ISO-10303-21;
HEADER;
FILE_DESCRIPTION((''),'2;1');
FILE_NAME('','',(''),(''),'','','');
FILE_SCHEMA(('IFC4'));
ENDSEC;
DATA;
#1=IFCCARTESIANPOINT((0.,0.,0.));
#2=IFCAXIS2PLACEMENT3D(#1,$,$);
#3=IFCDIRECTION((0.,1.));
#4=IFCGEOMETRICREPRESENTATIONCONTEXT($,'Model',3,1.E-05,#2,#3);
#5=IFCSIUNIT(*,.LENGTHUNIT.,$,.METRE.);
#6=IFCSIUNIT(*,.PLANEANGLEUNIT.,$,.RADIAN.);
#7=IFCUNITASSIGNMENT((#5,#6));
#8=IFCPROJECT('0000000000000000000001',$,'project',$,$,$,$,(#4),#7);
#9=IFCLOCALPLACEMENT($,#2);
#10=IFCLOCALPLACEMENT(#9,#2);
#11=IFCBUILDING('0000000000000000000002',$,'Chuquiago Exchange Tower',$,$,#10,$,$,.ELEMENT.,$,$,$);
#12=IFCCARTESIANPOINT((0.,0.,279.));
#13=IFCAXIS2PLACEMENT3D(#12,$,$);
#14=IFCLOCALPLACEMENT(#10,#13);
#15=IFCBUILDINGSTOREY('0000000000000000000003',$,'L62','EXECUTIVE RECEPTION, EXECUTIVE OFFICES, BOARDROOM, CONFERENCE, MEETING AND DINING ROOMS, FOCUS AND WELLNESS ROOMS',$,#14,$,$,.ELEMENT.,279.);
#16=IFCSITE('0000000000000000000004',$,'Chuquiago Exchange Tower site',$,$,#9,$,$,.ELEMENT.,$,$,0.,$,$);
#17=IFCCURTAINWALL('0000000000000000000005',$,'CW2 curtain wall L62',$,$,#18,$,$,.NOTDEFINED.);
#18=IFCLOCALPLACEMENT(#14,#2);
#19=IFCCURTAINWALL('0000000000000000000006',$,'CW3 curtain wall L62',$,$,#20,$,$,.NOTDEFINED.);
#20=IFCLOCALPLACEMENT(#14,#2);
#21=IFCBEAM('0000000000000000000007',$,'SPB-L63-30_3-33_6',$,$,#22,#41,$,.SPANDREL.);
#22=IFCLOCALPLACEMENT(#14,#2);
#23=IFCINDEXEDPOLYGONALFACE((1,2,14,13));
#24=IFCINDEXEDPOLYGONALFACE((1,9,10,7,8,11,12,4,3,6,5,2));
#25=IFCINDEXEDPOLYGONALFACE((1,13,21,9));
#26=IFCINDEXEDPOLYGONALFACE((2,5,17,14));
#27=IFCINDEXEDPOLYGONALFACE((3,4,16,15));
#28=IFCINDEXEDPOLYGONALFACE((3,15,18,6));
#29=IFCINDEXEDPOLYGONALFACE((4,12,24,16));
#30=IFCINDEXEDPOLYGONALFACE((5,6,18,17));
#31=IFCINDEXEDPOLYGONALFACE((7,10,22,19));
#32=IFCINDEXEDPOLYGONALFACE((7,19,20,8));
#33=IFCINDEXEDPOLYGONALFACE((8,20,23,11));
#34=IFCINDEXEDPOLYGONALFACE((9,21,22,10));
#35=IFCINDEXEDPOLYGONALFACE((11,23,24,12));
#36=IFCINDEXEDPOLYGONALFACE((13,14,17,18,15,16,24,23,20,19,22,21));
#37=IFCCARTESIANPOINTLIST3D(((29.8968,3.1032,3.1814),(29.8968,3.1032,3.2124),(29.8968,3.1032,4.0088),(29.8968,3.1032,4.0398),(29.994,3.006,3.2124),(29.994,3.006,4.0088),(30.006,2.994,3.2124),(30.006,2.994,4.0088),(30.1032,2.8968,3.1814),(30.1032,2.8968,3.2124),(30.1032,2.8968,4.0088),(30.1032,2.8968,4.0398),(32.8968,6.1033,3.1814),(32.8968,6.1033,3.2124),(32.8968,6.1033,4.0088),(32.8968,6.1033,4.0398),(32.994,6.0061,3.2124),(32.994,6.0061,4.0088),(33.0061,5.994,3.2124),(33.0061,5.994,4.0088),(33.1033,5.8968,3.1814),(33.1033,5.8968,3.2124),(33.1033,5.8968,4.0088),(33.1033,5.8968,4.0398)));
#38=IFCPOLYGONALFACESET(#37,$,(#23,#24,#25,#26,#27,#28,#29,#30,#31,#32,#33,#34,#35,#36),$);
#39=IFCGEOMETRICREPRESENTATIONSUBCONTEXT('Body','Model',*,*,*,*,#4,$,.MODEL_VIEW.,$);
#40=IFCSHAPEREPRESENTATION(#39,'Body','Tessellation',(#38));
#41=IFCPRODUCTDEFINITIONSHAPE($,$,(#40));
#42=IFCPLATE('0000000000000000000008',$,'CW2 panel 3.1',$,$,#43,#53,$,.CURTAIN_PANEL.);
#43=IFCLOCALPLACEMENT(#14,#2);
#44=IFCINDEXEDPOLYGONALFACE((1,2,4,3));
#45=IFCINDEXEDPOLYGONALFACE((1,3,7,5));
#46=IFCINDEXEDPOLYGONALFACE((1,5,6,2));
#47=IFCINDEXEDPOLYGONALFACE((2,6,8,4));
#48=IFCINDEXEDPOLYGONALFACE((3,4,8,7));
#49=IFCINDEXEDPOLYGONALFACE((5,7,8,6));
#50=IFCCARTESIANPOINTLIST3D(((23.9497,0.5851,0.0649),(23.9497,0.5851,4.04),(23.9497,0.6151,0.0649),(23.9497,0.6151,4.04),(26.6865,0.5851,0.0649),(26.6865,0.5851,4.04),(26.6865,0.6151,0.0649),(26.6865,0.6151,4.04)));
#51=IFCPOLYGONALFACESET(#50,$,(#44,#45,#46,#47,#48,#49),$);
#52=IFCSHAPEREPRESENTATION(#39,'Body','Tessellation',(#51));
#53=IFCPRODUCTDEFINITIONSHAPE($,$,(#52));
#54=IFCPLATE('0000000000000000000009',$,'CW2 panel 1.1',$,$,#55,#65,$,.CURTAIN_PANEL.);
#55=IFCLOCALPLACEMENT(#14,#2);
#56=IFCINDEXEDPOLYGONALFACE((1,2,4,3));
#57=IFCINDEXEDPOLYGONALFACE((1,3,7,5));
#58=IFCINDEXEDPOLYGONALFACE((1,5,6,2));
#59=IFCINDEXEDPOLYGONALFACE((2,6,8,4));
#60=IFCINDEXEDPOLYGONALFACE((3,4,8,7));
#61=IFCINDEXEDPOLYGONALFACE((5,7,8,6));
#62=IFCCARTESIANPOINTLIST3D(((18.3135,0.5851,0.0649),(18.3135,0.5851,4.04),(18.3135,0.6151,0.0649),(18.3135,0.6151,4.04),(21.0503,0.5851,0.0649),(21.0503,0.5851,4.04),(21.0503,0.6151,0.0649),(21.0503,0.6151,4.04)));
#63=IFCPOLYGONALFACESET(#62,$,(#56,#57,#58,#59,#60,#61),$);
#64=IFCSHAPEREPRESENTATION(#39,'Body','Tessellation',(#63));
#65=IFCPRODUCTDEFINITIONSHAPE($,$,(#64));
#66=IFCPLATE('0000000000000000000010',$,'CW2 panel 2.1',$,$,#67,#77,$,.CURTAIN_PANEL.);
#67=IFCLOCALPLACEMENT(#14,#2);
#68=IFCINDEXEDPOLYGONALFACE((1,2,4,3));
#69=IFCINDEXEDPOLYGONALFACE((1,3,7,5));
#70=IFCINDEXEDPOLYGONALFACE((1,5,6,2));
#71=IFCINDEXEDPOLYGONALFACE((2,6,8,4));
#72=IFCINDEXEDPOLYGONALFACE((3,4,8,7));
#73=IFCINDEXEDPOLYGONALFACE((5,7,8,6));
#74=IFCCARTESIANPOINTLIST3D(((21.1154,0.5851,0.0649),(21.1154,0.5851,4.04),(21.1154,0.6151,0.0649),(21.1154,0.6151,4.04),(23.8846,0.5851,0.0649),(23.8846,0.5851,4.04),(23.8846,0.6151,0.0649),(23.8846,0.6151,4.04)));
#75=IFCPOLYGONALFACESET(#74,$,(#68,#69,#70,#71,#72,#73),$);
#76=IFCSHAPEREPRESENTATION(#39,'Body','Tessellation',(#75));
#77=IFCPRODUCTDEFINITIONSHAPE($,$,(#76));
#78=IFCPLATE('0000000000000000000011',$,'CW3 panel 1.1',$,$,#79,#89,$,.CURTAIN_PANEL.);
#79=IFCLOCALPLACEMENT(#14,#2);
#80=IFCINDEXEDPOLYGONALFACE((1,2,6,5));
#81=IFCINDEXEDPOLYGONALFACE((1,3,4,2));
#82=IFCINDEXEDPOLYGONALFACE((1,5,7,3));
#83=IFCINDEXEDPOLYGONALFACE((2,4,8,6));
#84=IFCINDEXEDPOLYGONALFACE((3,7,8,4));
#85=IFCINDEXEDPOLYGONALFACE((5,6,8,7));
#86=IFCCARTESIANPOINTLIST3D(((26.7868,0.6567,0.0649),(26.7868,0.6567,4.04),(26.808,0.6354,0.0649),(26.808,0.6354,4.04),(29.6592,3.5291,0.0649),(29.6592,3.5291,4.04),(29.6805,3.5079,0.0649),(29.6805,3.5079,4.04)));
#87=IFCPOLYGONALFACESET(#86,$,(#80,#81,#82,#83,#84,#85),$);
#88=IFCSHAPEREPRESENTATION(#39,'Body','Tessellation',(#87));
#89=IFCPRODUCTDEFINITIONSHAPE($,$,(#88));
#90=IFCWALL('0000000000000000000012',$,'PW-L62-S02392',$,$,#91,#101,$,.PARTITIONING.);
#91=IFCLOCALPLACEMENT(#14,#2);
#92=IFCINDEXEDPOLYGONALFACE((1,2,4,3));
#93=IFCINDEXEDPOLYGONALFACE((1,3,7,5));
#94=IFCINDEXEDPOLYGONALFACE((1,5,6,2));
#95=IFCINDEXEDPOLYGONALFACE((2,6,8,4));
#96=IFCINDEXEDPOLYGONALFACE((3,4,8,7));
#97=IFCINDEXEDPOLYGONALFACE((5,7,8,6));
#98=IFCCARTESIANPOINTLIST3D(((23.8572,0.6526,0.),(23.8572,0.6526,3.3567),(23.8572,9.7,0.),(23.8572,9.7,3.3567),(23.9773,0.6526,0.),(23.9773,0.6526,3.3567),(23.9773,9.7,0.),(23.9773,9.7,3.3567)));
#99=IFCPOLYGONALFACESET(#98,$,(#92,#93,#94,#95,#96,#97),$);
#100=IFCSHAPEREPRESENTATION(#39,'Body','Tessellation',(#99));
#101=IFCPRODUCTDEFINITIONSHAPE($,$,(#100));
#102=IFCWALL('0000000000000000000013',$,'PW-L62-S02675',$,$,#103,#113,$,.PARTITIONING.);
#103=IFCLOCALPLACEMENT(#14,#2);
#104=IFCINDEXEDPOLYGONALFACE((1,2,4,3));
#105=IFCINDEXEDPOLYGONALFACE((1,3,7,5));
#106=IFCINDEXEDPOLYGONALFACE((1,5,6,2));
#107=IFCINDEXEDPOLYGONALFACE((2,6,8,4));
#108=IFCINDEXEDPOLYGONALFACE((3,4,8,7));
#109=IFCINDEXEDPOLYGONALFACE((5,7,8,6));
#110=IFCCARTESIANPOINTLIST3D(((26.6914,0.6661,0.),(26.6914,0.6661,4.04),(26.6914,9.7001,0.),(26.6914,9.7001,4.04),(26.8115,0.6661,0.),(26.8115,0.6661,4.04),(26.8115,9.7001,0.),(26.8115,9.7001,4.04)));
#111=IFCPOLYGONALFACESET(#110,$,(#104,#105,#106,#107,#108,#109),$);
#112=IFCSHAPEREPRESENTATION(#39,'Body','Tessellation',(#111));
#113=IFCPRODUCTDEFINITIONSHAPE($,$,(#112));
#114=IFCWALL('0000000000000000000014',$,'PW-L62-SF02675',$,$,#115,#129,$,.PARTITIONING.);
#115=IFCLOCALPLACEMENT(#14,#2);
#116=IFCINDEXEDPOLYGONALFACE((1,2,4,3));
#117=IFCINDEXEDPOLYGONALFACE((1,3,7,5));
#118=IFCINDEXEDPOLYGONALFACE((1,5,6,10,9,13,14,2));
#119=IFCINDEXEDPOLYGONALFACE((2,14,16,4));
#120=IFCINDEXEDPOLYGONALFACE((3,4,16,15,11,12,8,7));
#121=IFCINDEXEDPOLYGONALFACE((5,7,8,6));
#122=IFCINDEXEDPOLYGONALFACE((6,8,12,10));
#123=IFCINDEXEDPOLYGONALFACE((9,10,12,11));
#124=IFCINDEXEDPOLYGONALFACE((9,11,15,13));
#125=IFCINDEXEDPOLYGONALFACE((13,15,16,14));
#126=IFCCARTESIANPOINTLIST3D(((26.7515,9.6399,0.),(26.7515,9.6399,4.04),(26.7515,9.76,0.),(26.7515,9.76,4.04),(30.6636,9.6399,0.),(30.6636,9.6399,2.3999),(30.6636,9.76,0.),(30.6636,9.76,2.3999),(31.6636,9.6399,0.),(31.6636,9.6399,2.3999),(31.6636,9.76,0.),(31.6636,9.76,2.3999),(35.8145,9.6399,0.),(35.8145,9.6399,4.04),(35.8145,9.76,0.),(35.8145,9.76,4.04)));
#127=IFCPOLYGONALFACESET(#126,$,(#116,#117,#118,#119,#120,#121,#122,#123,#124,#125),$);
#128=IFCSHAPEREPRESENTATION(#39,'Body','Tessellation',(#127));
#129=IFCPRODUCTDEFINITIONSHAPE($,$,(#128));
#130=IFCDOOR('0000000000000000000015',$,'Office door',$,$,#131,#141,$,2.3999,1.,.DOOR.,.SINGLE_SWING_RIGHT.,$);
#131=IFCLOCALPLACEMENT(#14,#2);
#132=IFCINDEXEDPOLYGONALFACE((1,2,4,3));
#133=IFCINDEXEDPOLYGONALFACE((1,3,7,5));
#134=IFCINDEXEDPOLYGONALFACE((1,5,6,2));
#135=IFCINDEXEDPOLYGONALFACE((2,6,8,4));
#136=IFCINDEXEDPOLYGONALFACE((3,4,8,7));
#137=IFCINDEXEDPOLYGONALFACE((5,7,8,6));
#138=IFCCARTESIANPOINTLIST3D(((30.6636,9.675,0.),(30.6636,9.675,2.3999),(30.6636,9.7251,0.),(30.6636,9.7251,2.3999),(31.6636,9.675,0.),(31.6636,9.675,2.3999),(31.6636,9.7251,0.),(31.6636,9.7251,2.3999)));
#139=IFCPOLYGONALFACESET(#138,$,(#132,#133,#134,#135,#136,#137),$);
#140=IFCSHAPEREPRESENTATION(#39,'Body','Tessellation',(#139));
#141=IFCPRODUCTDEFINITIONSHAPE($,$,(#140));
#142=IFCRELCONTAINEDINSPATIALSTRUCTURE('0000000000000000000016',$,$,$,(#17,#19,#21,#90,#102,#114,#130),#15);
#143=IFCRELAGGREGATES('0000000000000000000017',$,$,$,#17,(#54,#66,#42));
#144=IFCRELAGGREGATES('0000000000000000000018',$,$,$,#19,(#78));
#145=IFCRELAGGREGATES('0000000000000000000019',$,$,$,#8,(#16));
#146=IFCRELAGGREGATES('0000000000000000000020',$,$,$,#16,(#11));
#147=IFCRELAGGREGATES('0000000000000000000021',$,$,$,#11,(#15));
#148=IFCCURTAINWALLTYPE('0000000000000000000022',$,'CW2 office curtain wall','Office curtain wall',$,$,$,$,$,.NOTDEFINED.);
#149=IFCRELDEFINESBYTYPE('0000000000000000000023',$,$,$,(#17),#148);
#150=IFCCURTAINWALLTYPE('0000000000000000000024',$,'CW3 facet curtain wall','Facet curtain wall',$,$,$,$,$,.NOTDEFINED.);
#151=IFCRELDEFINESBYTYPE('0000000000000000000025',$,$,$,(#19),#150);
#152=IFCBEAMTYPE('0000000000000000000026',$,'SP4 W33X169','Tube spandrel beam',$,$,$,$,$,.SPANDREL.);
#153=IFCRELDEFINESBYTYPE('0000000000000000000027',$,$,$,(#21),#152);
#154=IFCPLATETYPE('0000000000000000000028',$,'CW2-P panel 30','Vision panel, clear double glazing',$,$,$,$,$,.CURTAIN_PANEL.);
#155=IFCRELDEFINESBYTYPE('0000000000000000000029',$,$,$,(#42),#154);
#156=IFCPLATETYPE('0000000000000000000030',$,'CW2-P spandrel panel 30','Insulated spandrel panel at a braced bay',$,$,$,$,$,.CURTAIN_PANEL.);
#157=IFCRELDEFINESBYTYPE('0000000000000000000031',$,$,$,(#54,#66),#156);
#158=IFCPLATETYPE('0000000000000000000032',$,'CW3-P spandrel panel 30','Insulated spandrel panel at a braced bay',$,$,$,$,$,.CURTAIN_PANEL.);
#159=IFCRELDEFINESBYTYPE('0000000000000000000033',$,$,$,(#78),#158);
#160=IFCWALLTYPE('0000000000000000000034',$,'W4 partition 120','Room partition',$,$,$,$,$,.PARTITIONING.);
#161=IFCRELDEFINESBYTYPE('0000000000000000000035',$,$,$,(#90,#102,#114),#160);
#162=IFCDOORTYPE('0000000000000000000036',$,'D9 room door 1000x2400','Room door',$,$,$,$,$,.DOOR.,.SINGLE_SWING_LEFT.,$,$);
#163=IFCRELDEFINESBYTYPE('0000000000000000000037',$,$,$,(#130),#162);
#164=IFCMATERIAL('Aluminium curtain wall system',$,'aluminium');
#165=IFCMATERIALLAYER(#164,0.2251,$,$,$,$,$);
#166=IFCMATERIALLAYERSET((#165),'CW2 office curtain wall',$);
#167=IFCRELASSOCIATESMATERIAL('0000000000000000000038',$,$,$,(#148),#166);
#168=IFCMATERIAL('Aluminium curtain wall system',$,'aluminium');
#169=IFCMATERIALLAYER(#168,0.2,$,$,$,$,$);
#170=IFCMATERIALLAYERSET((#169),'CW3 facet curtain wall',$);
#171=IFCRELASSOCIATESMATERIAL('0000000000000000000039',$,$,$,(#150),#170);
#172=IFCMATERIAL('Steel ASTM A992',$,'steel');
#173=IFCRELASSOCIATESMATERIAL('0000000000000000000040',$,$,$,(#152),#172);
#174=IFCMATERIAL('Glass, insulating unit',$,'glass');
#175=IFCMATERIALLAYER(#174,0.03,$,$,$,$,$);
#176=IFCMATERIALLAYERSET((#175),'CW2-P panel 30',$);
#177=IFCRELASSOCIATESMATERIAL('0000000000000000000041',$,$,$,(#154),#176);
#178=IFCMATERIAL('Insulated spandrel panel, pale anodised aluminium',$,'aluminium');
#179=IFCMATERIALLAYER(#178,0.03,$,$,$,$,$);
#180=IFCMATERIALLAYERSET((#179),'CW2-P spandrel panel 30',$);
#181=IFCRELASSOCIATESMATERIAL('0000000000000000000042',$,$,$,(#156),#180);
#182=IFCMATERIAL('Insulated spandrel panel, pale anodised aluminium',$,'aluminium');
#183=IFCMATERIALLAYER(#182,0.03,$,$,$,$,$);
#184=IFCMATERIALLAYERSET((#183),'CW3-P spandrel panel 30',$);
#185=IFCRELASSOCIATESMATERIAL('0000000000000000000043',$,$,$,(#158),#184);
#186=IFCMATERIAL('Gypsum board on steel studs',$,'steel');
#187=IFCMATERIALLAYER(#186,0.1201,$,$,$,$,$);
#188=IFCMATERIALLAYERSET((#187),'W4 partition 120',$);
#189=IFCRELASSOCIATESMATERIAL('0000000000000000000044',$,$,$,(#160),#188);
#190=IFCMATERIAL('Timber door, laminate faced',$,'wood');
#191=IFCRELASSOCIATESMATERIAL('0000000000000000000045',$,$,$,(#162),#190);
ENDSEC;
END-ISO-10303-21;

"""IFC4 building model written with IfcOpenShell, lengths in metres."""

from ifc_helpers import new_model, si_unit, direction, frame, frame_2d, origin, origin_2d, place, context, subcontext, project, spatial, rectangle, i_section, extrude, material, layer, layer_set, material_profile, profile_set, type_object, element, fill, aggregate, save


model = new_model("IFC4")

# Units and contexts
model_context = context("Model", 3, precision=1e-05, world=origin(), true_north=direction((0.0, 1.0)))
body_context = subcontext(model_context, "Body", "Model", "MODEL_VIEW")
ifc_project = project(units=[si_unit("LENGTHUNIT", "METRE"), si_unit("PLANEANGLEUNIT", "RADIAN")], contexts=[model_context])

# Site, building, storey
site_placement = place(None, origin())
site = spatial("IfcSite", under=ifc_project, at=site_placement, Name="Chuquiago Exchange Tower site", CompositionType="ELEMENT", RefElevation=0.0)
building_placement = place(site_placement, origin())
building = spatial("IfcBuilding", under=site, at=building_placement, Name="Chuquiago Exchange Tower", CompositionType="ELEMENT")
storey_placement = place(building_placement, frame((0.0, 0.0, 279.0)))
storey = spatial("IfcBuildingStorey", under=building, at=storey_placement, Name="L62", Description="EXECUTIVE RECEPTION, EXECUTIVE OFFICES, BOARDROOM, CONFERENCE, MEETING AND DINING ROOMS, FOCUS AND WELLNESS ROOMS", CompositionType="ELEMENT", Elevation=279.0)

# Curtain walls
ifc_material_1 = material(Name="Aluminium curtain wall system", Category="aluminium")
ifc_layer_1 = layer(ifc_material_1, 0.2251)
ifc_layer_set_1 = layer_set([ifc_layer_1], Name="CW2 office curtain wall")
curtain_wall_type_1 = type_object("IfcCurtainWallType", Name="CW2 office curtain wall", Description="Office curtain wall", PredefinedType="NOTDEFINED", material=ifc_layer_set_1)
curtain_wall_1_placement = place(storey_placement, origin())
curtain_wall_1 = element("IfcCurtainWall", 1, at=curtain_wall_1_placement, inside=storey, type_object=curtain_wall_type_1, Name="CW2 curtain wall L62", PredefinedType="NOTDEFINED")
ifc_material_2 = material(Name="Aluminium curtain wall system", Category="aluminium")
ifc_layer_2 = layer(ifc_material_2, 0.2)
ifc_layer_set_2 = layer_set([ifc_layer_2], Name="CW3 facet curtain wall")
curtain_wall_type_2 = type_object("IfcCurtainWallType", Name="CW3 facet curtain wall", Description="Facet curtain wall", PredefinedType="NOTDEFINED", material=ifc_layer_set_2)
curtain_wall_2_placement = place(storey_placement, origin())
curtain_wall_2 = element("IfcCurtainWall", 2, at=curtain_wall_2_placement, inside=storey, type_object=curtain_wall_type_2, Name="CW3 curtain wall L62", PredefinedType="NOTDEFINED")

# Beam
ifc_material_3 = material(Name="Steel ASTM A992", Category="steel")
ifc_material_profile_1 = material_profile(ifc_material_3, i_section(OverallWidth=0.292, OverallDepth=0.8584, WebThickness=0.0171, FlangeThickness=0.031, at=origin_2d()), Name="W33X169")
ifc_profile_set_1 = profile_set([ifc_material_profile_1], Name="Steel ASTM A992")
beam_type = type_object("IfcBeamType", Name="SP4 W33X169", Description="Tube spandrel beam", PredefinedType="SPANDREL", material=ifc_profile_set_1)
for number, where, z_axis, x_axis, name in (
    (3, (30.0, 3.0, 3.6106), (0.707107, 0.707107, 0.0), (-0.707107, 0.707107, 0.0), "SPB-L63-30_3-33_6"),
):
    element("IfcBeam", number, at=place(storey_placement, frame(where, z_axis=z_axis, x_axis=x_axis)), inside=storey, type_object=beam_type, Name=name, PredefinedType="SPANDREL", context=body_context, shape_type="SweptSolid", body=[
        extrude(i_section(OverallWidth=0.292, OverallDepth=0.8584, WebThickness=0.0171, FlangeThickness=0.031, at=origin_2d()), origin(), (0.0, 0.0, 1.0), 4.2427),
    ])

# Plates
ifc_material_4 = material(Name="Glass, insulating unit", Category="glass")
ifc_layer_3 = layer(ifc_material_4, 0.03)
ifc_layer_set_3 = layer_set([ifc_layer_3], Name="CW2-P panel 30")
plate_type_1 = type_object("IfcPlateType", Name="CW2-P panel 30", Description="Vision panel, clear double glazing", PredefinedType="CURTAIN_PANEL", material=ifc_layer_set_3)
plate_1_placement = place(storey_placement, frame((25.3181, 0.6001, 0.0649), z_axis=(0.0, 0.0, 1.0), x_axis=(1.0, 0.0, 0.0)))
plate_1 = element("IfcPlate", 4, at=plate_1_placement, type_object=plate_type_1, Name="CW2 panel 3.1", PredefinedType="CURTAIN_PANEL", context=body_context, shape_type="SweptSolid", body=[
    extrude(rectangle(XDim=2.7368, YDim=0.03, at=origin_2d()), origin(), (0.0, 0.0, 1.0), 3.9751),
])
ifc_material_5 = material(Name="Insulated spandrel panel, pale anodised aluminium", Category="aluminium")
ifc_layer_4 = layer(ifc_material_5, 0.03)
ifc_layer_set_4 = layer_set([ifc_layer_4], Name="CW2-P spandrel panel 30")
plate_type_2 = type_object("IfcPlateType", Name="CW2-P spandrel panel 30", Description="Insulated spandrel panel at a braced bay", PredefinedType="CURTAIN_PANEL", material=ifc_layer_set_4)
plate_2_placement = place(storey_placement, frame((19.6819, 0.6001, 0.0649), z_axis=(0.0, 0.0, 1.0), x_axis=(1.0, 0.0, 0.0)))
plate_2 = element("IfcPlate", 5, at=plate_2_placement, type_object=plate_type_2, Name="CW2 panel 1.1", PredefinedType="CURTAIN_PANEL", context=body_context, shape_type="SweptSolid", body=[
    extrude(rectangle(XDim=2.7368, YDim=0.03, at=origin_2d()), origin(), (0.0, 0.0, 1.0), 3.9751),
])
plate_3_placement = place(storey_placement, frame((22.5, 0.6001, 0.0649), z_axis=(0.0, 0.0, 1.0), x_axis=(1.0, 0.0, 0.0)))
plate_3 = element("IfcPlate", 6, at=plate_3_placement, type_object=plate_type_2, Name="CW2 panel 2.1", PredefinedType="CURTAIN_PANEL", context=body_context, shape_type="SweptSolid", body=[
    extrude(rectangle(XDim=2.7693, YDim=0.03, at=origin_2d()), origin(), (0.0, 0.0, 1.0), 3.9751),
])
aggregate(curtain_wall_1, [plate_2, plate_3, plate_1])
ifc_material_6 = material(Name="Insulated spandrel panel, pale anodised aluminium", Category="aluminium")
ifc_layer_5 = layer(ifc_material_6, 0.03)
ifc_layer_set_5 = layer_set([ifc_layer_5], Name="CW3-P spandrel panel 30")
plate_type_3 = type_object("IfcPlateType", Name="CW3-P spandrel panel 30", Description="Insulated spandrel panel at a braced bay", PredefinedType="CURTAIN_PANEL", material=ifc_layer_set_5)
plate_4_placement = place(storey_placement, frame((28.2336, 2.0823, 0.0649), z_axis=(0.0, 0.0, 1.0), x_axis=(0.707107, 0.707107, 0.0)))
plate_4 = element("IfcPlate", 7, at=plate_4_placement, type_object=plate_type_3, Name="CW3 panel 1.1", PredefinedType="CURTAIN_PANEL", context=body_context, shape_type="SweptSolid", body=[
    extrude(rectangle(XDim=4.0623, YDim=0.03, at=origin_2d()), origin(), (0.0, 0.0, 1.0), 3.9751),
])
aggregate(curtain_wall_2, [plate_4])

# Walls
ifc_material_7 = material(Name="Gypsum board on steel studs", Category="steel")
ifc_layer_6 = layer(ifc_material_7, 0.1201)
ifc_layer_set_6 = layer_set([ifc_layer_6], Name="W4 partition 120")
wall_type = type_object("IfcWallType", Name="W4 partition 120", Description="Room partition", PredefinedType="PARTITIONING", material=ifc_layer_set_6)
wall_1_placement = place(storey_placement, frame((23.9172, 0.6526, 0.0), z_axis=(0.0, 0.0, 1.0), x_axis=(0.0, 1.0, 0.0)))
element("IfcWall", 8, at=wall_1_placement, inside=storey, type_object=wall_type, Name="PW-L62-S02392", PredefinedType="PARTITIONING", context=body_context, shape_type="SweptSolid", body=[
    extrude(rectangle(XDim=9.0474, YDim=0.1201, at=frame_2d((4.5237, 0.0))), origin(), (0.0, 0.0, 1.0), 3.3567),
])
wall_2_placement = place(storey_placement, frame((26.7515, 0.666, 0.0), z_axis=(0.0, 0.0, 1.0), x_axis=(0.0, 1.0, 0.0)))
element("IfcWall", 9, at=wall_2_placement, inside=storey, type_object=wall_type, Name="PW-L62-S02675", PredefinedType="PARTITIONING", context=body_context, shape_type="SweptSolid", body=[
    extrude(rectangle(XDim=9.0339, YDim=0.1201, at=frame_2d((4.5171, 0.0))), origin(), (0.0, 0.0, 1.0), 4.04),
])

# Wall, opening, door
wall_3_placement = place(storey_placement, frame((26.7515, 9.7, 0.0), z_axis=(0.0, 0.0, 1.0), x_axis=(1.0, 0.0, 0.0)))
wall_3 = element("IfcWall", 10, at=wall_3_placement, inside=storey, type_object=wall_type, Name="PW-L62-SF02675", PredefinedType="PARTITIONING", context=body_context, shape_type="SweptSolid", body=[
    extrude(rectangle(XDim=9.063, YDim=0.1201, at=frame_2d((4.5315, 0.0))), origin(), (0.0, 0.0, 1.0), 4.04),
])
opening_1_placement = place(wall_3_placement, frame((3.9121, 0.0, 0.0)))
opening_1 = element("IfcOpeningElement", 11, at=opening_1_placement, cuts=wall_3, PredefinedType="OPENING", context=body_context, shape_type="SweptSolid", body=[
    extrude(rectangle(XDim=1.0, YDim=2.3999, at=frame_2d((0.5, 1.2))), frame((0.0, 0.0701, 0.0), z_axis=(0.0, -1.0, 0.0), x_axis=(1.0, 0.0, 0.0)), (0.0, 0.0, 1.0), 0.1401),
])
ifc_material_8 = material(Name="Timber door, laminate faced", Category="wood")
door_type_1 = type_object("IfcDoorType", Name="D9 room door 1000x2400", Description="Room door", OperationType="SINGLE_SWING_LEFT", PredefinedType="DOOR", material=ifc_material_8)
door_1_placement = place(opening_1_placement, frame((1.0, 0.0, 0.0), z_axis=(0.0, 0.0, 1.0), x_axis=(-1.0, 0.0, 0.0)))
door_1 = element("IfcDoor", 12, at=door_1_placement, inside=storey, type_object=door_type_1, Name="Office door", OperationType="SINGLE_SWING_RIGHT", OverallHeight=2.3999, OverallWidth=1.0, PredefinedType="DOOR", context=body_context, shape_type="SweptSolid", body=[
    extrude(rectangle(XDim=1.0, YDim=2.3999, at=frame_2d((0.5, 1.2))), frame((0.0, 0.0249, 0.0), z_axis=(0.0, -1.0, 0.0), x_axis=(1.0, 0.0, 0.0)), (0.0, 0.0, 1.0), 0.05),
])
fill(opening_1, door_1)

save(model, "model.ifc")
